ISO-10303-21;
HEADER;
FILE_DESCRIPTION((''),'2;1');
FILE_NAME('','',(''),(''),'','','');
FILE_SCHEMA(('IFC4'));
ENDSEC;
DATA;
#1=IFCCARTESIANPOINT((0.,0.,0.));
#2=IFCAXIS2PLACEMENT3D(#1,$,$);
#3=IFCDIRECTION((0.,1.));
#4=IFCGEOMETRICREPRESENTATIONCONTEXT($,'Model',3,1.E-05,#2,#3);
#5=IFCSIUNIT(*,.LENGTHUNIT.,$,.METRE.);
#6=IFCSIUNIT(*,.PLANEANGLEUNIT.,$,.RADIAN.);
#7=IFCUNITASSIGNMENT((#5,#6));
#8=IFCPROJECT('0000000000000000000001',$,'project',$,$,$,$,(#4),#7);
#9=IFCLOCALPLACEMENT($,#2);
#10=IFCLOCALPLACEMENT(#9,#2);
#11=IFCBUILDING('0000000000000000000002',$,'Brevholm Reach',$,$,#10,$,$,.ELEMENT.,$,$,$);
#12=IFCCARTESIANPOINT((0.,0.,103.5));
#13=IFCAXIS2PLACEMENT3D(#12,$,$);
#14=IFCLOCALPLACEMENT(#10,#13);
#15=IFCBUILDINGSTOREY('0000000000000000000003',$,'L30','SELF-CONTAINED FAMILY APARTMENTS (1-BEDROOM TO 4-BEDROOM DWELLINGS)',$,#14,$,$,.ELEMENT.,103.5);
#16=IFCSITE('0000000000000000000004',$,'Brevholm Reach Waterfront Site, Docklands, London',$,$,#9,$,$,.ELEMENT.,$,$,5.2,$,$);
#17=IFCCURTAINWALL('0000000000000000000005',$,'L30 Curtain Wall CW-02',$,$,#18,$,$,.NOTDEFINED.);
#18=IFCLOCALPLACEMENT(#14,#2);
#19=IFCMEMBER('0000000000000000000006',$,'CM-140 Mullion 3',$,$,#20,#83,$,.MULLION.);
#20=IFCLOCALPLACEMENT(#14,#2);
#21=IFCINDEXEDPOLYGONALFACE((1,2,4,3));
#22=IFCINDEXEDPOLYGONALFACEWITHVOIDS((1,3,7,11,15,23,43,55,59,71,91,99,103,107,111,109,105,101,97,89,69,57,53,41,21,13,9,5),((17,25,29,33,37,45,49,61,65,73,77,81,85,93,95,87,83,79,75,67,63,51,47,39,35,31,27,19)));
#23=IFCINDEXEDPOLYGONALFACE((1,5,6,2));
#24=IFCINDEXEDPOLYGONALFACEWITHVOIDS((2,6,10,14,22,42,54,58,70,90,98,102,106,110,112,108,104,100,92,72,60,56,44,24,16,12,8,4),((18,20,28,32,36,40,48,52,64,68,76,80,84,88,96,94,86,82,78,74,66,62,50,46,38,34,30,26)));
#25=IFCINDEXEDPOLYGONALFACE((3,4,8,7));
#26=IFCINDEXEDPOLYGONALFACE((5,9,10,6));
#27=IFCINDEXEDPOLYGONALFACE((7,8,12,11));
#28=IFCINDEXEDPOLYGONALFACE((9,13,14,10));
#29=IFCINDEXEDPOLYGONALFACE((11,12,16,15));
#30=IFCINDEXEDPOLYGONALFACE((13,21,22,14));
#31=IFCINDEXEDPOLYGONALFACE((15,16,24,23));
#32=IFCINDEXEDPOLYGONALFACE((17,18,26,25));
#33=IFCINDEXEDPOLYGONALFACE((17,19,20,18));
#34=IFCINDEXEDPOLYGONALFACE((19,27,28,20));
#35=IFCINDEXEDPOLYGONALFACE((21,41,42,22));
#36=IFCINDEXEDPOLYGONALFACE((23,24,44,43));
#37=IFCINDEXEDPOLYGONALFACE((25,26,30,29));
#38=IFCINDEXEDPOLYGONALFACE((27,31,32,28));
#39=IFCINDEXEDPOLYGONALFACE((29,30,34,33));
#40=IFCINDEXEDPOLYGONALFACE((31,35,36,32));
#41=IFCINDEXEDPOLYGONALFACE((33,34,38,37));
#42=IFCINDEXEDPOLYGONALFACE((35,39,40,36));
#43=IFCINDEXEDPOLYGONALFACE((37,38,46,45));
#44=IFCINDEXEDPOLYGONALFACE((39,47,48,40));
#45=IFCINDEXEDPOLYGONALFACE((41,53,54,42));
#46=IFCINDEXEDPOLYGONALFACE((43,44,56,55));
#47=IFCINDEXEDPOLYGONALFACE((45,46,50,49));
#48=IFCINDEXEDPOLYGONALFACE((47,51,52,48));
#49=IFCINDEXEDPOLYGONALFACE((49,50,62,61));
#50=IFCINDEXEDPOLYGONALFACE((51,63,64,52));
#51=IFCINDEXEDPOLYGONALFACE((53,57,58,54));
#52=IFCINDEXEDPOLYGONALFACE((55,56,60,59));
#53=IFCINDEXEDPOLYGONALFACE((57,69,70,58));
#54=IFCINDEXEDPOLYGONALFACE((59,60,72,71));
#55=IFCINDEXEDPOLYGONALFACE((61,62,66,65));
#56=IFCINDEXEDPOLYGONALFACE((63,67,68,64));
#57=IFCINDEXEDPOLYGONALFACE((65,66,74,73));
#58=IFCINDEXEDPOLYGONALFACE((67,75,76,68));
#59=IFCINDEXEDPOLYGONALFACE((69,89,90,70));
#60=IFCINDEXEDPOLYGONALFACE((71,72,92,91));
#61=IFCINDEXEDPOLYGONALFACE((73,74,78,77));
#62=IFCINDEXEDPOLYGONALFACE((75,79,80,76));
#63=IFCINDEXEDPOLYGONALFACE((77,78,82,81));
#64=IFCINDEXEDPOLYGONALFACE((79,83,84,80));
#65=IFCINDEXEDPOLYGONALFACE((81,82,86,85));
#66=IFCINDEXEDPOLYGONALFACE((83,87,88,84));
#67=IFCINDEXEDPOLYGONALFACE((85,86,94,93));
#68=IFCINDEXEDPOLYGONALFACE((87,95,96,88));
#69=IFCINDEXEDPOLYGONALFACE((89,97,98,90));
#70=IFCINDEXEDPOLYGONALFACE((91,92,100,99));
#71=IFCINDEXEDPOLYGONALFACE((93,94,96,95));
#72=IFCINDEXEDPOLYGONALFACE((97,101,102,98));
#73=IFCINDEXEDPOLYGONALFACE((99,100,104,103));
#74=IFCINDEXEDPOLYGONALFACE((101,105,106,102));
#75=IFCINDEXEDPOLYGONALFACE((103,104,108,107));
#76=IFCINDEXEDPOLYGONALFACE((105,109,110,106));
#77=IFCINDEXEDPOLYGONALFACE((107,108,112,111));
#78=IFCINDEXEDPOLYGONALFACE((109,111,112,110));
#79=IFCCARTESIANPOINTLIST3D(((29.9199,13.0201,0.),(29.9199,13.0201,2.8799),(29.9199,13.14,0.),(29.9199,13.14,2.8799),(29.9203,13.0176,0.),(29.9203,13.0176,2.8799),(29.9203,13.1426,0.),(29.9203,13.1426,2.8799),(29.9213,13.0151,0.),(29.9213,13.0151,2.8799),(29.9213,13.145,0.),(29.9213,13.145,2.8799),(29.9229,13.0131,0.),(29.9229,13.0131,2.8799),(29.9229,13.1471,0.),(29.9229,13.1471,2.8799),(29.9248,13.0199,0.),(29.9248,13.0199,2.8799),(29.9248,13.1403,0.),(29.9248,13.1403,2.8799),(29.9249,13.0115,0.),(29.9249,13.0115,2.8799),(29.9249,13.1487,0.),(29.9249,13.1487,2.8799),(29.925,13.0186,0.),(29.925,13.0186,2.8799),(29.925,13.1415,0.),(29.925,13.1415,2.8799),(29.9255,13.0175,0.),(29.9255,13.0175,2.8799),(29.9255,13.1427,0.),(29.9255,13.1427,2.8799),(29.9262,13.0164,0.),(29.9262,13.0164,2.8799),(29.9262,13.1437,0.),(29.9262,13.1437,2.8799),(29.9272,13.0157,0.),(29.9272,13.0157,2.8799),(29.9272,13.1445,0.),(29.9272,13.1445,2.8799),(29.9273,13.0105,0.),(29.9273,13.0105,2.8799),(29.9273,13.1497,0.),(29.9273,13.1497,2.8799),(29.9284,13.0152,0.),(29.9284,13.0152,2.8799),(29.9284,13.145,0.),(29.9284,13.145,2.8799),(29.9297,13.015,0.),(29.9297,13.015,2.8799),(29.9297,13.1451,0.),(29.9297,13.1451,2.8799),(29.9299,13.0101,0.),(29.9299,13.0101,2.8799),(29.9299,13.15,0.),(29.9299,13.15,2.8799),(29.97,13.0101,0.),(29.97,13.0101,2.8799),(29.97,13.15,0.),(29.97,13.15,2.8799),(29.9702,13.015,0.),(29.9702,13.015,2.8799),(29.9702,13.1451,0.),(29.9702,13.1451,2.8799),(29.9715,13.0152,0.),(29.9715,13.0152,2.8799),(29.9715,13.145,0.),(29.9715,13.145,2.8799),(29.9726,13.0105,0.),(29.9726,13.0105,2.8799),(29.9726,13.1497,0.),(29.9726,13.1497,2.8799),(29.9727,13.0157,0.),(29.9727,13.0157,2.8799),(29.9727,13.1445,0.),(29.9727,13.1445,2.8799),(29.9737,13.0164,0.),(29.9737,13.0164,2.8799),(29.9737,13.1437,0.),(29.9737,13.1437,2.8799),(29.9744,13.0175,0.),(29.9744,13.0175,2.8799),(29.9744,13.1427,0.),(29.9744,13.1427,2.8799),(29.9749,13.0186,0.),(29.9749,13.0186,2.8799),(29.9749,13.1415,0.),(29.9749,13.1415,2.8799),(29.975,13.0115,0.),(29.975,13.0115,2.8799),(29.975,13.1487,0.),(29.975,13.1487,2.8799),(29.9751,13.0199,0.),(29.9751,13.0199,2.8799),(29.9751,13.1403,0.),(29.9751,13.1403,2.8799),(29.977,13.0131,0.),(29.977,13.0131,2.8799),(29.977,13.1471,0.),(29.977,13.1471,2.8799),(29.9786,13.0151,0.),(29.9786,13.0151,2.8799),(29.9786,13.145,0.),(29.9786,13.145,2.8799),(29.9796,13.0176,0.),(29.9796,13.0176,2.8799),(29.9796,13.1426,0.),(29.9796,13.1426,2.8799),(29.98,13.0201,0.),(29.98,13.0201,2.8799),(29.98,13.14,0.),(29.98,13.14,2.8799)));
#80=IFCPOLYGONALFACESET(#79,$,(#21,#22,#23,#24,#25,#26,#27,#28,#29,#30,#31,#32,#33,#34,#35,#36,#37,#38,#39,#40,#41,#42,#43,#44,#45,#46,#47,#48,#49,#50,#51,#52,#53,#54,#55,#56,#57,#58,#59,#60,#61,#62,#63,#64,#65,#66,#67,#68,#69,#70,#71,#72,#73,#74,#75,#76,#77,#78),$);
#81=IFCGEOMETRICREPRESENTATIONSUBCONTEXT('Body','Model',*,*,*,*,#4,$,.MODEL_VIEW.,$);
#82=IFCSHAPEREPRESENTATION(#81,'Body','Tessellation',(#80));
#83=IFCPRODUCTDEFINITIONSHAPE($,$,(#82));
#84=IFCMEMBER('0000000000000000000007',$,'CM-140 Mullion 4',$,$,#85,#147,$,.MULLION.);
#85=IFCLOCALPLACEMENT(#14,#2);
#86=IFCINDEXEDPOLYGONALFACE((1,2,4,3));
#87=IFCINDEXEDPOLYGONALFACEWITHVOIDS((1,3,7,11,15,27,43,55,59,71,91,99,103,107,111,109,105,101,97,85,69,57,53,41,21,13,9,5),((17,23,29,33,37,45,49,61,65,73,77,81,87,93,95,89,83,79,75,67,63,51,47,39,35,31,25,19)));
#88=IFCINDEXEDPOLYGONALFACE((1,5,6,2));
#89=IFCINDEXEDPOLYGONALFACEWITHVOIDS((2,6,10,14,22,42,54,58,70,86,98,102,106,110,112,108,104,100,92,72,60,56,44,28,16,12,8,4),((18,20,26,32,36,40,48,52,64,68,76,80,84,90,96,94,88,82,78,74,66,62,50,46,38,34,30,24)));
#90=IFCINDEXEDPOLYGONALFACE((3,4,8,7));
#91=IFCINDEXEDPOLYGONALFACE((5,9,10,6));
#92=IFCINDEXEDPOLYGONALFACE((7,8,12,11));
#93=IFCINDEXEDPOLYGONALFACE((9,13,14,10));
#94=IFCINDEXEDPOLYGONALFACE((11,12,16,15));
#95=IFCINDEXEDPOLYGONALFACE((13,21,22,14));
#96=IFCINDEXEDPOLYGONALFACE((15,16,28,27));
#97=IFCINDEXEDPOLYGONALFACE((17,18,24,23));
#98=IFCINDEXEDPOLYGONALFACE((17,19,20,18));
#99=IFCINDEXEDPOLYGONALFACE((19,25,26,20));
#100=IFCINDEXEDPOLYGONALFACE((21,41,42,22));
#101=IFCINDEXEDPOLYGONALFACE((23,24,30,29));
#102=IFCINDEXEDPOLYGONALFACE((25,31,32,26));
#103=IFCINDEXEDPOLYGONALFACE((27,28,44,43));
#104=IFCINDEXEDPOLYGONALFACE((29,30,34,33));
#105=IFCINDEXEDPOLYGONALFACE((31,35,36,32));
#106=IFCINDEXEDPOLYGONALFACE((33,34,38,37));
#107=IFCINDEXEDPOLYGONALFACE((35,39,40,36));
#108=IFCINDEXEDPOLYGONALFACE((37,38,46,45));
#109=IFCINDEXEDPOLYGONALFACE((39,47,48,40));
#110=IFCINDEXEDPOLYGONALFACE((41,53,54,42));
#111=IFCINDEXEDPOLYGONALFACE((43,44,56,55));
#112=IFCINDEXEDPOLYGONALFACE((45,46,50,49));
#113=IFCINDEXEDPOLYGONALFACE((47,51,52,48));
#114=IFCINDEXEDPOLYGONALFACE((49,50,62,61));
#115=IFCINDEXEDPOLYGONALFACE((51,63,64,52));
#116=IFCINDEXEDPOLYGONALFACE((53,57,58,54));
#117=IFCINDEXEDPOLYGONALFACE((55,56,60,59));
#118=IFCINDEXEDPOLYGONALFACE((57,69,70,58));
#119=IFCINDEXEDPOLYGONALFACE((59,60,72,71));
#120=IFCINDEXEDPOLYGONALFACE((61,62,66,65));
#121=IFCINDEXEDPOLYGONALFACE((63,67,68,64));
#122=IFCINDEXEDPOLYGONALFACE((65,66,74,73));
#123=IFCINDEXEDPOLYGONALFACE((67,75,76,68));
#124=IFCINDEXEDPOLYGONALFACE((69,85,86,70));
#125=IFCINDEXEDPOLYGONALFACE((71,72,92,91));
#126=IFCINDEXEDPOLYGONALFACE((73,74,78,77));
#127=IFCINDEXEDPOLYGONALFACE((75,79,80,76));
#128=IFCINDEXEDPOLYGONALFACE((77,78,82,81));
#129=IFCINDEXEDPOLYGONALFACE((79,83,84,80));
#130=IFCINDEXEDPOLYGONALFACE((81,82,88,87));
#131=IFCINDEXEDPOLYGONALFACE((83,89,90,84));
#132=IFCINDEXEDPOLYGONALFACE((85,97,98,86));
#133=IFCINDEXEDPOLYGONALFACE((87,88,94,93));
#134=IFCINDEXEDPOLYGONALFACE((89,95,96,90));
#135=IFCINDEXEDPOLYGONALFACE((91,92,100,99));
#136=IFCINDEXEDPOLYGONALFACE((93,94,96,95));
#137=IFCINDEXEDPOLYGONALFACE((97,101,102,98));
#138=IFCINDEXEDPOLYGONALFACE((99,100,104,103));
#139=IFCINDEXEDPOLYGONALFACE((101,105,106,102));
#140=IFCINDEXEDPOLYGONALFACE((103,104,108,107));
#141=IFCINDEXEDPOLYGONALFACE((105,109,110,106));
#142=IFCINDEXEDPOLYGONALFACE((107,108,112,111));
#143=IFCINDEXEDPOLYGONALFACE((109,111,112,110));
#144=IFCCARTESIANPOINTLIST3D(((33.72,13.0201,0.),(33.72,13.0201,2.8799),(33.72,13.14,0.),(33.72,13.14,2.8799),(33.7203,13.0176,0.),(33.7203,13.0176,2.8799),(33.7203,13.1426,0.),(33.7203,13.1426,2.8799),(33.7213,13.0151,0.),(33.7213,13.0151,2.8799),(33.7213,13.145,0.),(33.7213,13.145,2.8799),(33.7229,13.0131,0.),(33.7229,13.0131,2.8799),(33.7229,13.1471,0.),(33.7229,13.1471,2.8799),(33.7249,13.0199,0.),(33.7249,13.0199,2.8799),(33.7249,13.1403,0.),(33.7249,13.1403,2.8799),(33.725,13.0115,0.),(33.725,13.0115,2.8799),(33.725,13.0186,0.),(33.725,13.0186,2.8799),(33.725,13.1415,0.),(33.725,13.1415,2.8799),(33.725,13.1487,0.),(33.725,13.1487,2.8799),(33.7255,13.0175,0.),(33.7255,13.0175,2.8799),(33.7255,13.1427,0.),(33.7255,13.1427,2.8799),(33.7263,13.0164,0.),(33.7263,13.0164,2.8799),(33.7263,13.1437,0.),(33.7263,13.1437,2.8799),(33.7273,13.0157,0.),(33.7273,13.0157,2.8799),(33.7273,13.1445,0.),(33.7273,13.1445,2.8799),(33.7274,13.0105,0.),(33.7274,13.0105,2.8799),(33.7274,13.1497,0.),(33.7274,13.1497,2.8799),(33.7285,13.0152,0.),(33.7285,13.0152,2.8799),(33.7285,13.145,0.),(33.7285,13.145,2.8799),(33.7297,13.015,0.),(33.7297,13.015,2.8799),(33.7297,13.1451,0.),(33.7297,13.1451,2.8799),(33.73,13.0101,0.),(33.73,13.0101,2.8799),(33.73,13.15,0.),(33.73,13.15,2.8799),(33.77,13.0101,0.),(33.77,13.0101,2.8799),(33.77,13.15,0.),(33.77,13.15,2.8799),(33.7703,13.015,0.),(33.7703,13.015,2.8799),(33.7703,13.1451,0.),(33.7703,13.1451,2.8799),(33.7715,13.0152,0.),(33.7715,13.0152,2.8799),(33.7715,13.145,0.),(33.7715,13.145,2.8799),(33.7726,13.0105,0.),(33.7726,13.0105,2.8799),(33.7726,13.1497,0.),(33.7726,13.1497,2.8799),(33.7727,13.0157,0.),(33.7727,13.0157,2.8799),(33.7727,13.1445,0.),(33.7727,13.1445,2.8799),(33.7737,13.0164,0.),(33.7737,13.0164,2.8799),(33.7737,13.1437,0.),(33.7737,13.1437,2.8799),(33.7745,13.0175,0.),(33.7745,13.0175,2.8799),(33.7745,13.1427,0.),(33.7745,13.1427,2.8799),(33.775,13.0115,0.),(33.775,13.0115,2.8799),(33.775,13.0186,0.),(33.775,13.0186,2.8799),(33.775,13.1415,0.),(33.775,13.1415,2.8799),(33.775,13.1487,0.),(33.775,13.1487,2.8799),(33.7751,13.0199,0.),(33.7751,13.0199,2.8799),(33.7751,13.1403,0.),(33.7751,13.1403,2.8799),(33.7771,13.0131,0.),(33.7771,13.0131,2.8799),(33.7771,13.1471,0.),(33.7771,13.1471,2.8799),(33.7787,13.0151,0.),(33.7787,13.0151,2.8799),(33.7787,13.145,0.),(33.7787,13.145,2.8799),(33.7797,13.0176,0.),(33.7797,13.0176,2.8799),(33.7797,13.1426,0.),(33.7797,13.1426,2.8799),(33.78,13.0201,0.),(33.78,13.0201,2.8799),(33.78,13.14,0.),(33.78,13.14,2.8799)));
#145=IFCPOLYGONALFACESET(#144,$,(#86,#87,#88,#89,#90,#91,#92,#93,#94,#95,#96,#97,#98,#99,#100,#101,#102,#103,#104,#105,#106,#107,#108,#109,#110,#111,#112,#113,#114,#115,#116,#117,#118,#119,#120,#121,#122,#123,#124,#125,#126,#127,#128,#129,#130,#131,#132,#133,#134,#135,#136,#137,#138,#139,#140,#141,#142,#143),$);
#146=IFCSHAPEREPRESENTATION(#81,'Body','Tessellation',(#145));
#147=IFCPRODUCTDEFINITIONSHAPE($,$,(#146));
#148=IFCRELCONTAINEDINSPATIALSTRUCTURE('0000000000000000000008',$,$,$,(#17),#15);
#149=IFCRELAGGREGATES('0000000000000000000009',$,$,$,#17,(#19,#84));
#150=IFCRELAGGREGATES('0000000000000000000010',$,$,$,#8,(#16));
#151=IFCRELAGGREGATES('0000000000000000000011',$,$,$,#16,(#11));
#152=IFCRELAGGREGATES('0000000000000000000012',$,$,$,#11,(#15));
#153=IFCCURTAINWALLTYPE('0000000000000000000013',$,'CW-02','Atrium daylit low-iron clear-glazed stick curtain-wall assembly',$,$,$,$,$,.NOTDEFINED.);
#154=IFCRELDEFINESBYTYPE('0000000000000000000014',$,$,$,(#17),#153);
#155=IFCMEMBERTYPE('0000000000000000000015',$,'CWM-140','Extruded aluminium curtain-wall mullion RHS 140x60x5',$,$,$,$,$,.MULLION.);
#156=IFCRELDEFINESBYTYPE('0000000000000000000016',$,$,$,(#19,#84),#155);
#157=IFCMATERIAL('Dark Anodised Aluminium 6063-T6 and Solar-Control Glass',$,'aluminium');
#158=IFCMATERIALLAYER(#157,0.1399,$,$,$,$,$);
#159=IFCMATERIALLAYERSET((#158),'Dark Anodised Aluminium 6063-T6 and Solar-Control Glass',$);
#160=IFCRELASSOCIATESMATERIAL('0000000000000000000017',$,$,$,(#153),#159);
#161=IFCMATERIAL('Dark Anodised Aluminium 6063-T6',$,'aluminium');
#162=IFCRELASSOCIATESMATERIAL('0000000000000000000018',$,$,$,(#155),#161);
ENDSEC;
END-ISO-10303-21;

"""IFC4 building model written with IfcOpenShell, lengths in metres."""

from ifc_helpers import new_model, si_unit, direction, frame, origin, origin_2d, place, context, subcontext, project, spatial, hollow_rectangle, extrude, material, layer, layer_set, material_profile, profile_set, type_object, element, aggregate, save


model = new_model("IFC4")

# Units and contexts
model_context = context("Model", 3, precision=1e-05, world=origin(), true_north=direction((0.0, 1.0)))
body_context = subcontext(model_context, "Body", "Model", "MODEL_VIEW")
ifc_project = project(units=[si_unit("LENGTHUNIT", "METRE"), si_unit("PLANEANGLEUNIT", "RADIAN")], contexts=[model_context])

# Site, building, storey
site_placement = place(None, origin())
site = spatial("IfcSite", under=ifc_project, at=site_placement, Name="Brevholm Reach Waterfront Site, Docklands, London", CompositionType="ELEMENT", RefElevation=5.2)
building_placement = place(site_placement, origin())
building = spatial("IfcBuilding", under=site, at=building_placement, Name="Brevholm Reach", CompositionType="ELEMENT")
storey_placement = place(building_placement, frame((0.0, 0.0, 103.5)))
storey = spatial("IfcBuildingStorey", under=building, at=storey_placement, Name="L30", Description="SELF-CONTAINED FAMILY APARTMENTS (1-BEDROOM TO 4-BEDROOM DWELLINGS)", CompositionType="ELEMENT", Elevation=103.5)

# Curtain wall, members
ifc_material_1 = material(Name="Dark Anodised Aluminium 6063-T6 and Solar-Control Glass", Category="aluminium")
ifc_layer_1 = layer(ifc_material_1, 0.1399)
ifc_layer_set_1 = layer_set([ifc_layer_1], Name="Dark Anodised Aluminium 6063-T6 and Solar-Control Glass")
curtain_wall_type = type_object("IfcCurtainWallType", Name="CW-02", Description="Atrium daylit low-iron clear-glazed stick curtain-wall assembly", PredefinedType="NOTDEFINED", material=ifc_layer_set_1)
curtain_wall_placement = place(storey_placement, origin())
curtain_wall = element("IfcCurtainWall", 1, at=curtain_wall_placement, inside=storey, type_object=curtain_wall_type, Name="L30 Curtain Wall CW-02", PredefinedType="NOTDEFINED")
ifc_material_2 = material(Name="Dark Anodised Aluminium 6063-T6", Category="aluminium")
ifc_material_profile_1 = material_profile(ifc_material_2, hollow_rectangle(XDim=0.0601, YDim=0.1399, WallThickness=0.0049, InnerFilletRadius=0.0049, OuterFilletRadius=0.01, at=origin_2d()), Name="RHS 140x60x5")
ifc_profile_set_1 = profile_set([ifc_material_profile_1], Name="Dark Anodised Aluminium 6063-T6")
member_type_1 = type_object("IfcMemberType", Name="CWM-140", Description="Extruded aluminium curtain-wall mullion RHS 140x60x5", PredefinedType="MULLION", material=ifc_profile_set_1)
member_1_placement = place(storey_placement, frame((29.95, 13.0801, 0.0), z_axis=(0.0, 0.0, 1.0), x_axis=(1.0, 0.0, 0.0)))
member_1 = element("IfcMember", 2, at=member_1_placement, type_object=member_type_1, Name="CM-140 Mullion 3", PredefinedType="MULLION", context=body_context, shape_type="SweptSolid", body=[
    extrude(hollow_rectangle(XDim=0.0601, YDim=0.1399, WallThickness=0.0049, InnerFilletRadius=0.0049, OuterFilletRadius=0.01, at=origin_2d()), origin(), (0.0, 0.0, 1.0), 2.8799),
])
member_2_placement = place(storey_placement, frame((33.75, 13.0801, 0.0), z_axis=(0.0, 0.0, 1.0), x_axis=(1.0, 0.0, 0.0)))
member_2 = element("IfcMember", 3, at=member_2_placement, type_object=member_type_1, Name="CM-140 Mullion 4", PredefinedType="MULLION", context=body_context, shape_type="SweptSolid", body=[
    extrude(hollow_rectangle(XDim=0.0601, YDim=0.1399, WallThickness=0.0049, InnerFilletRadius=0.0049, OuterFilletRadius=0.01, at=origin_2d()), origin(), (0.0, 0.0, 1.0), 2.8799),
])
aggregate(curtain_wall, [member_1, member_2])

save(model, "model.ifc")
